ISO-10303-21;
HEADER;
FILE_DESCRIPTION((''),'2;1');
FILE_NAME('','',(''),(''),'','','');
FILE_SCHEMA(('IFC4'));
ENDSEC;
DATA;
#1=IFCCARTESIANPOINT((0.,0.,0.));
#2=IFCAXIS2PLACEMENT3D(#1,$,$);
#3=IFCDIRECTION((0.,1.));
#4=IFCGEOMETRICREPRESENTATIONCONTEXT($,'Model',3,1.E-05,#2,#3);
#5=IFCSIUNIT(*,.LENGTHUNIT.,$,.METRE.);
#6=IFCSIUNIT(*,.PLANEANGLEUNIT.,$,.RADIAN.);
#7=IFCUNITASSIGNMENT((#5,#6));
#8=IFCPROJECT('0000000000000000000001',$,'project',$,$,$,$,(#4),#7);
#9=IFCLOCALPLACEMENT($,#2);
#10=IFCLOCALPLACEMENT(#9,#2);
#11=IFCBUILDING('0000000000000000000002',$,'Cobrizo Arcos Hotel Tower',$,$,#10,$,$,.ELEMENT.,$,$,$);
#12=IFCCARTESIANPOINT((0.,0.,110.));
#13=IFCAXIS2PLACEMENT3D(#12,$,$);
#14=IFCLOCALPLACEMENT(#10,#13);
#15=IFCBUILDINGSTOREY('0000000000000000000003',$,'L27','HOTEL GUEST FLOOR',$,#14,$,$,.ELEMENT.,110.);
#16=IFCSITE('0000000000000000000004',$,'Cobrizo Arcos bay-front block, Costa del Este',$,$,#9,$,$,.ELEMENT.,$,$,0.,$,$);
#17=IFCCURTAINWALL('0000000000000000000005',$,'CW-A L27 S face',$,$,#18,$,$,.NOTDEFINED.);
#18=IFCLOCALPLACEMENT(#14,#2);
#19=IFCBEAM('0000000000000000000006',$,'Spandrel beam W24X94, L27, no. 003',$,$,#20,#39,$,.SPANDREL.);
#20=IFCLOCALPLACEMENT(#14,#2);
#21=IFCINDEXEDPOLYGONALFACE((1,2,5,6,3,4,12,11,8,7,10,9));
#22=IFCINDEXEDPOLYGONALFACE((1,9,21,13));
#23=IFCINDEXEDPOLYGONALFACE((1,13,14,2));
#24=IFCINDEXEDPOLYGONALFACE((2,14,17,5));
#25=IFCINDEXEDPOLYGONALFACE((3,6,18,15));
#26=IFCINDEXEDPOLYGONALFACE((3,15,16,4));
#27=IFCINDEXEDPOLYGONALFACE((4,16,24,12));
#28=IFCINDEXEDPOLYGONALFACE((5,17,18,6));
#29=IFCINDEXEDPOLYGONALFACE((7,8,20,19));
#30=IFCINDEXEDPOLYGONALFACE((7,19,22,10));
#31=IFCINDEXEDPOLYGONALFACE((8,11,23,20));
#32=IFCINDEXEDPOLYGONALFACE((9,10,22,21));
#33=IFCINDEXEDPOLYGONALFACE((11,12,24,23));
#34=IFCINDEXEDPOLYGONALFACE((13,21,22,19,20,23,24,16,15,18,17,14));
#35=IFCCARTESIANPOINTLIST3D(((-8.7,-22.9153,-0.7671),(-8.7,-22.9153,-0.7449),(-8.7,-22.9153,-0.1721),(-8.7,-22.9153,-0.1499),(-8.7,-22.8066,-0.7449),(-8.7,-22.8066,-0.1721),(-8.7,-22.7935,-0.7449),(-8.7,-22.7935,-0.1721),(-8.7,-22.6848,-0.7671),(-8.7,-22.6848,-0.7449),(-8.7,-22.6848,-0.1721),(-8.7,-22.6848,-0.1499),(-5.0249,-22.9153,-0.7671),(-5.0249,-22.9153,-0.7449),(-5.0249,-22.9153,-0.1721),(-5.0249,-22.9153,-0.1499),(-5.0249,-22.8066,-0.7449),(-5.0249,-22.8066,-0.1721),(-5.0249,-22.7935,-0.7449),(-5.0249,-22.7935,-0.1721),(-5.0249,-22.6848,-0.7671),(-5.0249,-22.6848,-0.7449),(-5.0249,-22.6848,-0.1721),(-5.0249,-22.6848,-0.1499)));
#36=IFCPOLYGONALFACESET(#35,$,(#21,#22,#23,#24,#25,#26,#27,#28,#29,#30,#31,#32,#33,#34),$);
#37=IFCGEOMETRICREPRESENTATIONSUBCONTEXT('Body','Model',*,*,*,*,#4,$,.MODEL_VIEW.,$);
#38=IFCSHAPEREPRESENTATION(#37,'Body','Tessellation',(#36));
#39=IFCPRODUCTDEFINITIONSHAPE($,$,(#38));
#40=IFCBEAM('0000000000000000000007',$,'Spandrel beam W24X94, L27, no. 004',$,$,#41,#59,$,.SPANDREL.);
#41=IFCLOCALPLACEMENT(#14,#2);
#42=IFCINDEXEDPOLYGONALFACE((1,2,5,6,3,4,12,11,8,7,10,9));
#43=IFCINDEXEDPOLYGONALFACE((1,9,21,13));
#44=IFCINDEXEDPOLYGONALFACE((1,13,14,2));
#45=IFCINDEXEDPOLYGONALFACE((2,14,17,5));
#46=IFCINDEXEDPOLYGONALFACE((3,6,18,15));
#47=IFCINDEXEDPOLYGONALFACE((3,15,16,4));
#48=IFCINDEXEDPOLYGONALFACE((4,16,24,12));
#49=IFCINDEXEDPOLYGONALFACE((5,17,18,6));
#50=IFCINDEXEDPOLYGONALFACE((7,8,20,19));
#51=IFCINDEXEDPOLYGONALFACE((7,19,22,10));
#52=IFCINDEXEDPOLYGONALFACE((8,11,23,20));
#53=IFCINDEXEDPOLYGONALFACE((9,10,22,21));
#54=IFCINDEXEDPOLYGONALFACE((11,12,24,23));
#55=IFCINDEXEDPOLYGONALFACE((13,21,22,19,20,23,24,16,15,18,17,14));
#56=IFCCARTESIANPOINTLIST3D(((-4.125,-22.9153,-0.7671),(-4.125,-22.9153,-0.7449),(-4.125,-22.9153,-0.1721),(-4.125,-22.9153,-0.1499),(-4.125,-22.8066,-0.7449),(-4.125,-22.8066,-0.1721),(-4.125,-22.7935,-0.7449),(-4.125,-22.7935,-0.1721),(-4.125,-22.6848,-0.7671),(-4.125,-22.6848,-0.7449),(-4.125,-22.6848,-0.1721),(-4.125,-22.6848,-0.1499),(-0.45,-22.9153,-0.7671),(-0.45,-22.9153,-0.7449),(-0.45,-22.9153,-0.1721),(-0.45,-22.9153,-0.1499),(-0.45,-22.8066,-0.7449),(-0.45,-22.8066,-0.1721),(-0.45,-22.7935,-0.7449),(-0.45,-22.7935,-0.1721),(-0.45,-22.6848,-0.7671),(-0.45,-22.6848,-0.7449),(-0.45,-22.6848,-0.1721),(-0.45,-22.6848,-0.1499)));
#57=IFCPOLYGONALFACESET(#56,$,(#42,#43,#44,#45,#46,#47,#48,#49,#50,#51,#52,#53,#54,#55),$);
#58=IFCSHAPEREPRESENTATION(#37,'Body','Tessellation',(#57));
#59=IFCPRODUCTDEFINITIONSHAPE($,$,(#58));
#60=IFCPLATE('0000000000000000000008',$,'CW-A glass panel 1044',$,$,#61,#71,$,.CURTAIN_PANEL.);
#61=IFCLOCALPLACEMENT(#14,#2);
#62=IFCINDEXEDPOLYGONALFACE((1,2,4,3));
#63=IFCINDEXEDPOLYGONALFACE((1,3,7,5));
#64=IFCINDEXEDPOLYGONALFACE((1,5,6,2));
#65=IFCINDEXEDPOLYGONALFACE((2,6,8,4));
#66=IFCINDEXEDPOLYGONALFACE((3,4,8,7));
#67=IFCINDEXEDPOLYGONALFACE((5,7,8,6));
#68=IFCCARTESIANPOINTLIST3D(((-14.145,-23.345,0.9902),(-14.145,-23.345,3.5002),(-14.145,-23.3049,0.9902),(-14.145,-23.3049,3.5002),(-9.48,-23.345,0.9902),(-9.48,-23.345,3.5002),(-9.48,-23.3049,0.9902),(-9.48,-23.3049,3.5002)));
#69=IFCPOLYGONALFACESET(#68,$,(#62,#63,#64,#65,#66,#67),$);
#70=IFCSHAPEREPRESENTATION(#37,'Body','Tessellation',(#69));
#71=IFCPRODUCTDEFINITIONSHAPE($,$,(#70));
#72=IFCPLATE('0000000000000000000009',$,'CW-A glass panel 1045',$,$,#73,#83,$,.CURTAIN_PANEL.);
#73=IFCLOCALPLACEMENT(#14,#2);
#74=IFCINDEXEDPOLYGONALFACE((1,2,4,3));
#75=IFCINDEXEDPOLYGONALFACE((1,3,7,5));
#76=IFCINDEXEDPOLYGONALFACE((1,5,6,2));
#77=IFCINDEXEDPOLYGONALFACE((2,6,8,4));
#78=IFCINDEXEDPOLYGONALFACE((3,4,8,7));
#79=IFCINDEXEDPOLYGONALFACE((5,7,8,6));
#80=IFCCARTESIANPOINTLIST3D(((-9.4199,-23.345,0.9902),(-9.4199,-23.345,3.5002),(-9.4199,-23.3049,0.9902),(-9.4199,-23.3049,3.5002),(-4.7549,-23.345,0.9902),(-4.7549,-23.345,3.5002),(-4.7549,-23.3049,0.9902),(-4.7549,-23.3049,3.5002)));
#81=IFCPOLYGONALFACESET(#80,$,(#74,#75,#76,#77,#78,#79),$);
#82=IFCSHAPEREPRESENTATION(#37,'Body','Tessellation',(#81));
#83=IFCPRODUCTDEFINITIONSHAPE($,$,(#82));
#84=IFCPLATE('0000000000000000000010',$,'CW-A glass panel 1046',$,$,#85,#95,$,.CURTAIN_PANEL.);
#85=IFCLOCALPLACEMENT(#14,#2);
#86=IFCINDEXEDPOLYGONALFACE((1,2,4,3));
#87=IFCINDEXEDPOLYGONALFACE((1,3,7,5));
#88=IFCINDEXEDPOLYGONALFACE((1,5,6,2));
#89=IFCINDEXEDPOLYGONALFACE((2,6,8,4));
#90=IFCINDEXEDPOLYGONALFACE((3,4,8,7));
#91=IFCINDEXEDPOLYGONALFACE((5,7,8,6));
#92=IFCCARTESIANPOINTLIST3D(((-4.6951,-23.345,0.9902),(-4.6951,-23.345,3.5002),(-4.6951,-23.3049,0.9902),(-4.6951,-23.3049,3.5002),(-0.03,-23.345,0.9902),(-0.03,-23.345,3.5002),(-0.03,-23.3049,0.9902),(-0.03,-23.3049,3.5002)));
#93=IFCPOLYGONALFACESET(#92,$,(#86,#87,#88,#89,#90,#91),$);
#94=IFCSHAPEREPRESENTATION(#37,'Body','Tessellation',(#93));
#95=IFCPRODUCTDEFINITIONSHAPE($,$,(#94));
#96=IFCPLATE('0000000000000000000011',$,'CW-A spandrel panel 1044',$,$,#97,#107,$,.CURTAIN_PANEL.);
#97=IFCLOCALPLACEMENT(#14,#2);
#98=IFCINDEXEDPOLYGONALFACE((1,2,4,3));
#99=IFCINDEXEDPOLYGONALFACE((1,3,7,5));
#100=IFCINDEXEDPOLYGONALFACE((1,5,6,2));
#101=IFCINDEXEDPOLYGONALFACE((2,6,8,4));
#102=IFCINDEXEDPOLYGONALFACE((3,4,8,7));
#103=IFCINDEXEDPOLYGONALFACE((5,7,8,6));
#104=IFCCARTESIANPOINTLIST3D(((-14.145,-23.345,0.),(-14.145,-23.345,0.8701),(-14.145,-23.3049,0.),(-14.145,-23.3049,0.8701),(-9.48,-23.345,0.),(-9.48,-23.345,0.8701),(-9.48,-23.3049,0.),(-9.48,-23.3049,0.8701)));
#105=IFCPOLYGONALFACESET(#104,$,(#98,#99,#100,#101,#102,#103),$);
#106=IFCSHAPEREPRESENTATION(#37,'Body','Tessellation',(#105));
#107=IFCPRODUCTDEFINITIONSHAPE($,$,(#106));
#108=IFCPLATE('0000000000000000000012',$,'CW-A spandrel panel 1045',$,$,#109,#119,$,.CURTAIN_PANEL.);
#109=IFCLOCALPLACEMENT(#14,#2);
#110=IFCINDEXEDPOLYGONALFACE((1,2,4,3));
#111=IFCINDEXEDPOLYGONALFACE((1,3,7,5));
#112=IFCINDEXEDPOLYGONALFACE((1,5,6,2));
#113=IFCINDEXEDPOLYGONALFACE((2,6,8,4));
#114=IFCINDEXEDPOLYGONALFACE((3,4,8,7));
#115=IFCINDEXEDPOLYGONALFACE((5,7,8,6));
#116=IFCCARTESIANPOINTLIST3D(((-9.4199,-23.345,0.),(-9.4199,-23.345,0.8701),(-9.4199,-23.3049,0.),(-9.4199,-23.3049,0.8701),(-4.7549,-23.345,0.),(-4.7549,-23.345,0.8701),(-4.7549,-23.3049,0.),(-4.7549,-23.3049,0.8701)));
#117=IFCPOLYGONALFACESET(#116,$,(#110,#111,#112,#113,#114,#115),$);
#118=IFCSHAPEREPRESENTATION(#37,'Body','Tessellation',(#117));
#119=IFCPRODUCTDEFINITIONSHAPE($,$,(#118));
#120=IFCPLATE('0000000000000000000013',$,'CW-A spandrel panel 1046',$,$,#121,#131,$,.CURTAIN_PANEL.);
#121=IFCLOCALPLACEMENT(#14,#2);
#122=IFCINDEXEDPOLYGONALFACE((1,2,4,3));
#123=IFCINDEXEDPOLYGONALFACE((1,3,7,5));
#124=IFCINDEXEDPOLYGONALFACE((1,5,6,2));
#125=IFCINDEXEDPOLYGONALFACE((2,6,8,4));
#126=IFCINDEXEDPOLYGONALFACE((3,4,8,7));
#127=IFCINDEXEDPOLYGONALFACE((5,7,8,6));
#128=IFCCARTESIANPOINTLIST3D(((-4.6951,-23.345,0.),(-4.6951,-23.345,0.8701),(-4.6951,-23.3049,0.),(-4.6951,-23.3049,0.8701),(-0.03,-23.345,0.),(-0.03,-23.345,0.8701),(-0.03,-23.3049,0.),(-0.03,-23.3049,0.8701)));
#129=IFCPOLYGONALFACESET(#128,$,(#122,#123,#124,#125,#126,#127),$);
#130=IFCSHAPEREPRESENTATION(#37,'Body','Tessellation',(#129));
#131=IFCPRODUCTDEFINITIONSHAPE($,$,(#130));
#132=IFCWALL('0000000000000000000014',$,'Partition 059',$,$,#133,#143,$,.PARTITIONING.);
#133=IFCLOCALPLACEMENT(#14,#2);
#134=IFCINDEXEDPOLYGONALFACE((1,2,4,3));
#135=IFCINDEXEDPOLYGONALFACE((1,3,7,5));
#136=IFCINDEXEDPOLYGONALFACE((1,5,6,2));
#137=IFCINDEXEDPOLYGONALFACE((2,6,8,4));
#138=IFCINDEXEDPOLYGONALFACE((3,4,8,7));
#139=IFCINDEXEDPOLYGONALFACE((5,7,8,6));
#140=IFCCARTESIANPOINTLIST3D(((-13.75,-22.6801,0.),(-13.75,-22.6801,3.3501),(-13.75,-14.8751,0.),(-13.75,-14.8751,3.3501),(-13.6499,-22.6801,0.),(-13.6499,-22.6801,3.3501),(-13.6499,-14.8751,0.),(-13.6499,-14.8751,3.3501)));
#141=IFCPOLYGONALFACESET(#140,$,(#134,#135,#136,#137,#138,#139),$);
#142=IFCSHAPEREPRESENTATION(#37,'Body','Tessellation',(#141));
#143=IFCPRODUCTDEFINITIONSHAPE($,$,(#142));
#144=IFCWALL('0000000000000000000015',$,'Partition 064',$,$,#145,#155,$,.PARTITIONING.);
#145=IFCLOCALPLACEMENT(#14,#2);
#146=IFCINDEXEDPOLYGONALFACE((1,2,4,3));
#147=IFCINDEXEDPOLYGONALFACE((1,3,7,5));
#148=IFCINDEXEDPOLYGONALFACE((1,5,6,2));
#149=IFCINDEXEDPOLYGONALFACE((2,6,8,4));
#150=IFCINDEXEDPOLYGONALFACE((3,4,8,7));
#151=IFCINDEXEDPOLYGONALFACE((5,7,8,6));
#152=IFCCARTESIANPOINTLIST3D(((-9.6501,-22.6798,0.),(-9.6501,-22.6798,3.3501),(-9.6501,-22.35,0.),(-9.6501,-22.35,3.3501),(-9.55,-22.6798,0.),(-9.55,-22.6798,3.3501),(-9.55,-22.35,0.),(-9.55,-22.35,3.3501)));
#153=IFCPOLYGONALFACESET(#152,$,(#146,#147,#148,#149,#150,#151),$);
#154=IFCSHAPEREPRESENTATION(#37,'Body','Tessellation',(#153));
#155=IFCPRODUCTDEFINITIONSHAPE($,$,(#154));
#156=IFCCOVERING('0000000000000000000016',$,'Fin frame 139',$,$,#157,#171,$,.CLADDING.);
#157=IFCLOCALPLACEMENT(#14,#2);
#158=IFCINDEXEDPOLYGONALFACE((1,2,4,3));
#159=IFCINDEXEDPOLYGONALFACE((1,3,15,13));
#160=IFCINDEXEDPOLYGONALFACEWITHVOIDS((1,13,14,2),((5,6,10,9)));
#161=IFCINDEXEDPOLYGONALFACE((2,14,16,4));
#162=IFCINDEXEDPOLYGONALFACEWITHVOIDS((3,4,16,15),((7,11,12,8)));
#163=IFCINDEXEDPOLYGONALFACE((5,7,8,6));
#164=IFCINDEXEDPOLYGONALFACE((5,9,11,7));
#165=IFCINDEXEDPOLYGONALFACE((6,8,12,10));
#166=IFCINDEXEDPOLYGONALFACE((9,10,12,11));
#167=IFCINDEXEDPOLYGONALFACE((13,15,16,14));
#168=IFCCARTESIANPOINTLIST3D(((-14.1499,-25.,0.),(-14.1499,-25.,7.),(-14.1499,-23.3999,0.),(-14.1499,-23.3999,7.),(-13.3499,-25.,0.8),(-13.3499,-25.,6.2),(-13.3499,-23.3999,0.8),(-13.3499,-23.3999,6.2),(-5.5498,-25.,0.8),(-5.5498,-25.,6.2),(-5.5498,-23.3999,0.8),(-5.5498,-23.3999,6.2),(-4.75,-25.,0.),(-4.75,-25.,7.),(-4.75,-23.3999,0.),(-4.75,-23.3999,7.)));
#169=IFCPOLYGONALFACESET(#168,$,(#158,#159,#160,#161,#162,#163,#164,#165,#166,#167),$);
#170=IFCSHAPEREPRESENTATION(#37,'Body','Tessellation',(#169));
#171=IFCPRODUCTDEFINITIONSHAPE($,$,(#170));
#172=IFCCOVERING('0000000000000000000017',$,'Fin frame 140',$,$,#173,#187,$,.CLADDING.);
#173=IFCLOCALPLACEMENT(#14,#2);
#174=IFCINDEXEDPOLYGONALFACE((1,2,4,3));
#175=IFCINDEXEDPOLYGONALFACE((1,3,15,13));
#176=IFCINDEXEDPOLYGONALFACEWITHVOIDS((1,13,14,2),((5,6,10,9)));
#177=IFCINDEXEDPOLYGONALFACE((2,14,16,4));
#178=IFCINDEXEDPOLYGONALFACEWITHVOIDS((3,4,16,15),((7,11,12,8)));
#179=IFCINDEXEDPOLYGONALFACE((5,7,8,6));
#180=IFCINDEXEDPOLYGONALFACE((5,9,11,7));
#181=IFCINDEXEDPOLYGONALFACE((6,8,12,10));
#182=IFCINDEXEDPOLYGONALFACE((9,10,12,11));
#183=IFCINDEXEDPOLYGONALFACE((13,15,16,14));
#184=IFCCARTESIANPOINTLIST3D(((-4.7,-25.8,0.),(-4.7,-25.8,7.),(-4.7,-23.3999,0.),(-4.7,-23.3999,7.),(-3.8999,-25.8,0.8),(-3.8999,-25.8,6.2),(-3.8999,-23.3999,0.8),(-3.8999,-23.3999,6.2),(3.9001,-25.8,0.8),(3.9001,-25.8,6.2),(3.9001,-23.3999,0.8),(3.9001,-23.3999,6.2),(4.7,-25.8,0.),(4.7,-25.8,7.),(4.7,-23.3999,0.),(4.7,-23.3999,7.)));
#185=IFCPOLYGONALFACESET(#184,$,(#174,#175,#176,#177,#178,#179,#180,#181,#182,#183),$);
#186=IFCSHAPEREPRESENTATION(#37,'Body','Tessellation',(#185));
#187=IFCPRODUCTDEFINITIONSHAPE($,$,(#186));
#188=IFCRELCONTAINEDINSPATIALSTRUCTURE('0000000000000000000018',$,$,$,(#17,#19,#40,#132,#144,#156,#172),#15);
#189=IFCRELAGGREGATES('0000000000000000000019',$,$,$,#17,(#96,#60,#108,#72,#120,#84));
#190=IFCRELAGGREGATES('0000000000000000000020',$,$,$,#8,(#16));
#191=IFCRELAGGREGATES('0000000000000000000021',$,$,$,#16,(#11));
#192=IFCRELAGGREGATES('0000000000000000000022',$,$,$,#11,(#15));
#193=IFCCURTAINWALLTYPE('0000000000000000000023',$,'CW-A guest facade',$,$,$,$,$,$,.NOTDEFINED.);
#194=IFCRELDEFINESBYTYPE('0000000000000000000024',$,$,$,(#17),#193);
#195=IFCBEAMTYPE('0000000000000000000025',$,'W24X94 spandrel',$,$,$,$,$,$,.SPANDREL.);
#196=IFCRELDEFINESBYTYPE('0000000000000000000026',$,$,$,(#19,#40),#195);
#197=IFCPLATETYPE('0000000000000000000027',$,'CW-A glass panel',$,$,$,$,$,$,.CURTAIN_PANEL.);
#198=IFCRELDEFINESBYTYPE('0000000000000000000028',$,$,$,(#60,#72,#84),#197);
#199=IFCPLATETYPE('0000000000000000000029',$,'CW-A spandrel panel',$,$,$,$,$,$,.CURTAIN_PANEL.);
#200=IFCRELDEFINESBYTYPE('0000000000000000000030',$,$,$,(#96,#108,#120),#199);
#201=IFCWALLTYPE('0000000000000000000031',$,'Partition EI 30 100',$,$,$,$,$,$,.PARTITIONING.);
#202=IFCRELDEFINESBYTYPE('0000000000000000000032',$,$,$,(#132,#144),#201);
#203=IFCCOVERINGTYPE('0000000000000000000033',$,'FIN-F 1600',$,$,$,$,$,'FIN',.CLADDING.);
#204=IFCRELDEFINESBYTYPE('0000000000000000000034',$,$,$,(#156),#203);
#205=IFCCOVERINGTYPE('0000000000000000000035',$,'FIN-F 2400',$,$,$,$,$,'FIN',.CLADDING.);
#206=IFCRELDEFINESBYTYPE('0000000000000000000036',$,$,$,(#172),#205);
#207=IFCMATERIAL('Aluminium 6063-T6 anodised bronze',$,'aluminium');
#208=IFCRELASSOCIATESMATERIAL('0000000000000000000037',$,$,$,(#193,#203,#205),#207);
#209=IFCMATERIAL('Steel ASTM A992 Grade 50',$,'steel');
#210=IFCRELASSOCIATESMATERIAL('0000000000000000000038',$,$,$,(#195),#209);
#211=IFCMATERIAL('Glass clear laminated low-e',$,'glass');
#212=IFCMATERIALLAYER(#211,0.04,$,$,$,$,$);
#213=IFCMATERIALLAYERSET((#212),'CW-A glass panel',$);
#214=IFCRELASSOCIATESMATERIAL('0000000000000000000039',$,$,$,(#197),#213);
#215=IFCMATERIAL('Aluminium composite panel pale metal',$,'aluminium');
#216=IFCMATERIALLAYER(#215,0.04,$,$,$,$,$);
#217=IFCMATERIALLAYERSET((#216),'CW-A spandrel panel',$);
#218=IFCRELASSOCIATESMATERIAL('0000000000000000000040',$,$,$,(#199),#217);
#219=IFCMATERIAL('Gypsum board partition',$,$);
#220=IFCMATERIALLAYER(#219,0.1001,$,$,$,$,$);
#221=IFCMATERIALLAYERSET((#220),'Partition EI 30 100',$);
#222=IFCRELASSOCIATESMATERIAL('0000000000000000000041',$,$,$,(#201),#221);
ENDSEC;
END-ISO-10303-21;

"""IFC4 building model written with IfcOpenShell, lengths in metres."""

from ifc_helpers import new_model, si_unit, direction, frame, frame_2d, origin, origin_2d, place, context, subcontext, project, spatial, polyline, rectangle, i_section, outline, extrude, material, layer, layer_set, material_profile, profile_set, type_object, element, aggregate, save


model = new_model("IFC4")

# Units and contexts
model_context = context("Model", 3, precision=1e-05, world=origin(), true_north=direction((0.0, 1.0)))
body_context = subcontext(model_context, "Body", "Model", "MODEL_VIEW")
ifc_project = project(units=[si_unit("LENGTHUNIT", "METRE"), si_unit("PLANEANGLEUNIT", "RADIAN")], contexts=[model_context])

# Site, building, storey
site_placement = place(None, origin())
site = spatial("IfcSite", under=ifc_project, at=site_placement, Name="Cobrizo Arcos bay-front block, Costa del Este", CompositionType="ELEMENT", RefElevation=0.0)
building_placement = place(site_placement, origin())
building = spatial("IfcBuilding", under=site, at=building_placement, Name="Cobrizo Arcos Hotel Tower", CompositionType="ELEMENT")
storey_placement = place(building_placement, frame((0.0, 0.0, 110.0)))
storey = spatial("IfcBuildingStorey", under=building, at=storey_placement, Name="L27", Description="HOTEL GUEST FLOOR", CompositionType="ELEMENT", Elevation=110.0)

# Curtain wall
ifc_material_1 = material(Name="Aluminium 6063-T6 anodised bronze", Category="aluminium")
curtain_wall_type = type_object("IfcCurtainWallType", Name="CW-A guest facade", PredefinedType="NOTDEFINED", material=ifc_material_1)
curtain_wall_placement = place(storey_placement, origin())
curtain_wall = element("IfcCurtainWall", 1, at=curtain_wall_placement, inside=storey, type_object=curtain_wall_type, Name="CW-A L27 S face", PredefinedType="NOTDEFINED")

# Beams
ifc_material_2 = material(Name="Steel ASTM A992 Grade 50", Category="steel")
ifc_material_profile_1 = material_profile(ifc_material_2, i_section(OverallWidth=0.2305, OverallDepth=0.6172, WebThickness=0.0132, FlangeThickness=0.0222, at=origin_2d()), Name="W24X94")
ifc_profile_set_1 = profile_set([ifc_material_profile_1], Name="Steel ASTM A992 Grade 50")
beam_type_1 = type_object("IfcBeamType", Name="W24X94 spandrel", PredefinedType="SPANDREL", material=ifc_profile_set_1)
for number, where, z_axis, x_axis, name in (
    (2, (-8.7, -22.8, -0.4585), (1.0, 0.0, 0.0), (0.0, 1.0, 0.0), "Spandrel beam W24X94, L27, no. 003"),
    (3, (-4.125, -22.8, -0.4585), (1.0, 0.0, 0.0), (0.0, 1.0, 0.0), "Spandrel beam W24X94, L27, no. 004"),
):
    element("IfcBeam", number, at=place(storey_placement, frame(where, z_axis=z_axis, x_axis=x_axis)), inside=storey, type_object=beam_type_1, Name=name, PredefinedType="SPANDREL", context=body_context, shape_type="SweptSolid", body=[
        extrude(i_section(OverallWidth=0.2305, OverallDepth=0.6172, WebThickness=0.0132, FlangeThickness=0.0222, at=origin_2d()), origin(), (0.0, 0.0, 1.0), 3.675),
    ])

# Plates
ifc_material_3 = material(Name="Glass clear laminated low-e", Category="glass")
ifc_layer_1 = layer(ifc_material_3, 0.04)
ifc_layer_set_1 = layer_set([ifc_layer_1], Name="CW-A glass panel")
plate_type_1 = type_object("IfcPlateType", Name="CW-A glass panel", PredefinedType="CURTAIN_PANEL", material=ifc_layer_set_1)
plate_1_placement = place(storey_placement, frame((-11.8125, -23.325, 0.9902), z_axis=(0.0, 0.0, 1.0), x_axis=(1.0, 0.0, 0.0)))
plate_1 = element("IfcPlate", 4, at=plate_1_placement, type_object=plate_type_1, Name="CW-A glass panel 1044", PredefinedType="CURTAIN_PANEL", context=body_context, shape_type="SweptSolid", body=[
    extrude(rectangle(XDim=4.665, YDim=0.04, at=origin_2d()), origin(), (0.0, 0.0, 1.0), 2.51),
])
plate_2_placement = place(storey_placement, frame((-7.0874, -23.325, 0.9902), z_axis=(0.0, 0.0, 1.0), x_axis=(1.0, 0.0, 0.0)))
plate_2 = element("IfcPlate", 5, at=plate_2_placement, type_object=plate_type_1, Name="CW-A glass panel 1045", PredefinedType="CURTAIN_PANEL", context=body_context, shape_type="SweptSolid", body=[
    extrude(rectangle(XDim=4.665, YDim=0.04, at=origin_2d()), origin(), (0.0, 0.0, 1.0), 2.51),
])
plate_3_placement = place(storey_placement, frame((-2.3625, -23.325, 0.9902), z_axis=(0.0, 0.0, 1.0), x_axis=(1.0, 0.0, 0.0)))
plate_3 = element("IfcPlate", 6, at=plate_3_placement, type_object=plate_type_1, Name="CW-A glass panel 1046", PredefinedType="CURTAIN_PANEL", context=body_context, shape_type="SweptSolid", body=[
    extrude(rectangle(XDim=4.665, YDim=0.04, at=origin_2d()), origin(), (0.0, 0.0, 1.0), 2.51),
])
ifc_material_4 = material(Name="Aluminium composite panel pale metal", Category="aluminium")
ifc_layer_2 = layer(ifc_material_4, 0.04)
ifc_layer_set_2 = layer_set([ifc_layer_2], Name="CW-A spandrel panel")
plate_type_2 = type_object("IfcPlateType", Name="CW-A spandrel panel", PredefinedType="CURTAIN_PANEL", material=ifc_layer_set_2)
plate_4_placement = place(storey_placement, frame((-11.8125, -23.325, 0.0), z_axis=(0.0, 0.0, 1.0), x_axis=(1.0, 0.0, 0.0)))
plate_4 = element("IfcPlate", 7, at=plate_4_placement, type_object=plate_type_2, Name="CW-A spandrel panel 1044", PredefinedType="CURTAIN_PANEL", context=body_context, shape_type="SweptSolid", body=[
    extrude(rectangle(XDim=4.665, YDim=0.04, at=origin_2d()), origin(), (0.0, 0.0, 1.0), 0.8701),
])
plate_5_placement = place(storey_placement, frame((-7.0874, -23.325, 0.0), z_axis=(0.0, 0.0, 1.0), x_axis=(1.0, 0.0, 0.0)))
plate_5 = element("IfcPlate", 8, at=plate_5_placement, type_object=plate_type_2, Name="CW-A spandrel panel 1045", PredefinedType="CURTAIN_PANEL", context=body_context, shape_type="SweptSolid", body=[
    extrude(rectangle(XDim=4.665, YDim=0.04, at=origin_2d()), origin(), (0.0, 0.0, 1.0), 0.8701),
])
plate_6_placement = place(storey_placement, frame((-2.3625, -23.325, 0.0), z_axis=(0.0, 0.0, 1.0), x_axis=(1.0, 0.0, 0.0)))
plate_6 = element("IfcPlate", 9, at=plate_6_placement, type_object=plate_type_2, Name="CW-A spandrel panel 1046", PredefinedType="CURTAIN_PANEL", context=body_context, shape_type="SweptSolid", body=[
    extrude(rectangle(XDim=4.665, YDim=0.04, at=origin_2d()), origin(), (0.0, 0.0, 1.0), 0.8701),
])
aggregate(curtain_wall, [plate_4, plate_1, plate_5, plate_2, plate_6, plate_3])

# Walls
ifc_material_5 = material(Name="Gypsum board partition")
ifc_layer_3 = layer(ifc_material_5, 0.1001)
ifc_layer_set_3 = layer_set([ifc_layer_3], Name="Partition EI 30 100")
wall_type = type_object("IfcWallType", Name="Partition EI 30 100", PredefinedType="PARTITIONING", material=ifc_layer_set_3)
wall_1_placement = place(storey_placement, frame((-13.7, -22.6799, 0.0), z_axis=(0.0, 0.0, 1.0), x_axis=(0.0, 1.0, 0.0)))
element("IfcWall", 10, at=wall_1_placement, inside=storey, type_object=wall_type, Name="Partition 059", PredefinedType="PARTITIONING", context=body_context, shape_type="SweptSolid", body=[
    extrude(rectangle(XDim=7.8049, YDim=0.1001, at=frame_2d((3.9023, 0.0))), origin(), (0.0, 0.0, 1.0), 3.3501),
])
wall_2_placement = place(storey_placement, frame((-9.6001, -22.6799, 0.0), z_axis=(0.0, 0.0, 1.0), x_axis=(0.0, 1.0, 0.0)))
element("IfcWall", 11, at=wall_2_placement, inside=storey, type_object=wall_type, Name="Partition 064", PredefinedType="PARTITIONING", context=body_context, shape_type="SweptSolid", body=[
    extrude(rectangle(XDim=0.3298, YDim=0.1001, at=frame_2d((0.165, 0.0))), origin(), (0.0, 0.0, 1.0), 3.3501),
])

# Coverings
covering_type_1 = type_object("IfcCoveringType", Name="FIN-F 1600", ElementType="FIN", PredefinedType="CLADDING", material=ifc_material_1)
covering_1_placement = place(storey_placement, frame((-14.1499, -23.3999, 0.0), z_axis=(0.0, -1.0, 0.0), x_axis=(1.0, 0.0, 0.0)))
element("IfcCovering", 12, at=covering_1_placement, inside=storey, type_object=covering_type_1, Name="Fin frame 139", PredefinedType="CLADDING", context=body_context, shape_type="SweptSolid", body=[
    extrude(outline(polyline([(0.0, 7.0), (0.0, 0.0), (9.3999, 0.0), (9.3999, 7.0), (0.0, 7.0)]), holes=[polyline([(8.6001, 0.8), (0.8, 0.8), (0.8, 6.2), (8.6001, 6.2), (8.6001, 0.8)])]), origin(), (0.0, 0.0, 1.0), 1.6001),
])
covering_type_2 = type_object("IfcCoveringType", Name="FIN-F 2400", ElementType="FIN", PredefinedType="CLADDING", material=ifc_material_1)
covering_2_placement = place(storey_placement, frame((-4.7, -23.3999, 0.0), z_axis=(0.0, -1.0, 0.0), x_axis=(1.0, 0.0, 0.0)))
element("IfcCovering", 13, at=covering_2_placement, inside=storey, type_object=covering_type_2, Name="Fin frame 140", PredefinedType="CLADDING", context=body_context, shape_type="SweptSolid", body=[
    extrude(outline(polyline([(0.0, 7.0), (0.0, 0.0), (9.3999, 0.0), (9.3999, 7.0), (0.0, 7.0)]), holes=[polyline([(8.6001, 0.8), (0.8, 0.8), (0.8, 6.2), (8.6001, 6.2), (8.6001, 0.8)])]), origin(), (0.0, 0.0, 1.0), 2.4001),
])

save(model, "model.ifc")
